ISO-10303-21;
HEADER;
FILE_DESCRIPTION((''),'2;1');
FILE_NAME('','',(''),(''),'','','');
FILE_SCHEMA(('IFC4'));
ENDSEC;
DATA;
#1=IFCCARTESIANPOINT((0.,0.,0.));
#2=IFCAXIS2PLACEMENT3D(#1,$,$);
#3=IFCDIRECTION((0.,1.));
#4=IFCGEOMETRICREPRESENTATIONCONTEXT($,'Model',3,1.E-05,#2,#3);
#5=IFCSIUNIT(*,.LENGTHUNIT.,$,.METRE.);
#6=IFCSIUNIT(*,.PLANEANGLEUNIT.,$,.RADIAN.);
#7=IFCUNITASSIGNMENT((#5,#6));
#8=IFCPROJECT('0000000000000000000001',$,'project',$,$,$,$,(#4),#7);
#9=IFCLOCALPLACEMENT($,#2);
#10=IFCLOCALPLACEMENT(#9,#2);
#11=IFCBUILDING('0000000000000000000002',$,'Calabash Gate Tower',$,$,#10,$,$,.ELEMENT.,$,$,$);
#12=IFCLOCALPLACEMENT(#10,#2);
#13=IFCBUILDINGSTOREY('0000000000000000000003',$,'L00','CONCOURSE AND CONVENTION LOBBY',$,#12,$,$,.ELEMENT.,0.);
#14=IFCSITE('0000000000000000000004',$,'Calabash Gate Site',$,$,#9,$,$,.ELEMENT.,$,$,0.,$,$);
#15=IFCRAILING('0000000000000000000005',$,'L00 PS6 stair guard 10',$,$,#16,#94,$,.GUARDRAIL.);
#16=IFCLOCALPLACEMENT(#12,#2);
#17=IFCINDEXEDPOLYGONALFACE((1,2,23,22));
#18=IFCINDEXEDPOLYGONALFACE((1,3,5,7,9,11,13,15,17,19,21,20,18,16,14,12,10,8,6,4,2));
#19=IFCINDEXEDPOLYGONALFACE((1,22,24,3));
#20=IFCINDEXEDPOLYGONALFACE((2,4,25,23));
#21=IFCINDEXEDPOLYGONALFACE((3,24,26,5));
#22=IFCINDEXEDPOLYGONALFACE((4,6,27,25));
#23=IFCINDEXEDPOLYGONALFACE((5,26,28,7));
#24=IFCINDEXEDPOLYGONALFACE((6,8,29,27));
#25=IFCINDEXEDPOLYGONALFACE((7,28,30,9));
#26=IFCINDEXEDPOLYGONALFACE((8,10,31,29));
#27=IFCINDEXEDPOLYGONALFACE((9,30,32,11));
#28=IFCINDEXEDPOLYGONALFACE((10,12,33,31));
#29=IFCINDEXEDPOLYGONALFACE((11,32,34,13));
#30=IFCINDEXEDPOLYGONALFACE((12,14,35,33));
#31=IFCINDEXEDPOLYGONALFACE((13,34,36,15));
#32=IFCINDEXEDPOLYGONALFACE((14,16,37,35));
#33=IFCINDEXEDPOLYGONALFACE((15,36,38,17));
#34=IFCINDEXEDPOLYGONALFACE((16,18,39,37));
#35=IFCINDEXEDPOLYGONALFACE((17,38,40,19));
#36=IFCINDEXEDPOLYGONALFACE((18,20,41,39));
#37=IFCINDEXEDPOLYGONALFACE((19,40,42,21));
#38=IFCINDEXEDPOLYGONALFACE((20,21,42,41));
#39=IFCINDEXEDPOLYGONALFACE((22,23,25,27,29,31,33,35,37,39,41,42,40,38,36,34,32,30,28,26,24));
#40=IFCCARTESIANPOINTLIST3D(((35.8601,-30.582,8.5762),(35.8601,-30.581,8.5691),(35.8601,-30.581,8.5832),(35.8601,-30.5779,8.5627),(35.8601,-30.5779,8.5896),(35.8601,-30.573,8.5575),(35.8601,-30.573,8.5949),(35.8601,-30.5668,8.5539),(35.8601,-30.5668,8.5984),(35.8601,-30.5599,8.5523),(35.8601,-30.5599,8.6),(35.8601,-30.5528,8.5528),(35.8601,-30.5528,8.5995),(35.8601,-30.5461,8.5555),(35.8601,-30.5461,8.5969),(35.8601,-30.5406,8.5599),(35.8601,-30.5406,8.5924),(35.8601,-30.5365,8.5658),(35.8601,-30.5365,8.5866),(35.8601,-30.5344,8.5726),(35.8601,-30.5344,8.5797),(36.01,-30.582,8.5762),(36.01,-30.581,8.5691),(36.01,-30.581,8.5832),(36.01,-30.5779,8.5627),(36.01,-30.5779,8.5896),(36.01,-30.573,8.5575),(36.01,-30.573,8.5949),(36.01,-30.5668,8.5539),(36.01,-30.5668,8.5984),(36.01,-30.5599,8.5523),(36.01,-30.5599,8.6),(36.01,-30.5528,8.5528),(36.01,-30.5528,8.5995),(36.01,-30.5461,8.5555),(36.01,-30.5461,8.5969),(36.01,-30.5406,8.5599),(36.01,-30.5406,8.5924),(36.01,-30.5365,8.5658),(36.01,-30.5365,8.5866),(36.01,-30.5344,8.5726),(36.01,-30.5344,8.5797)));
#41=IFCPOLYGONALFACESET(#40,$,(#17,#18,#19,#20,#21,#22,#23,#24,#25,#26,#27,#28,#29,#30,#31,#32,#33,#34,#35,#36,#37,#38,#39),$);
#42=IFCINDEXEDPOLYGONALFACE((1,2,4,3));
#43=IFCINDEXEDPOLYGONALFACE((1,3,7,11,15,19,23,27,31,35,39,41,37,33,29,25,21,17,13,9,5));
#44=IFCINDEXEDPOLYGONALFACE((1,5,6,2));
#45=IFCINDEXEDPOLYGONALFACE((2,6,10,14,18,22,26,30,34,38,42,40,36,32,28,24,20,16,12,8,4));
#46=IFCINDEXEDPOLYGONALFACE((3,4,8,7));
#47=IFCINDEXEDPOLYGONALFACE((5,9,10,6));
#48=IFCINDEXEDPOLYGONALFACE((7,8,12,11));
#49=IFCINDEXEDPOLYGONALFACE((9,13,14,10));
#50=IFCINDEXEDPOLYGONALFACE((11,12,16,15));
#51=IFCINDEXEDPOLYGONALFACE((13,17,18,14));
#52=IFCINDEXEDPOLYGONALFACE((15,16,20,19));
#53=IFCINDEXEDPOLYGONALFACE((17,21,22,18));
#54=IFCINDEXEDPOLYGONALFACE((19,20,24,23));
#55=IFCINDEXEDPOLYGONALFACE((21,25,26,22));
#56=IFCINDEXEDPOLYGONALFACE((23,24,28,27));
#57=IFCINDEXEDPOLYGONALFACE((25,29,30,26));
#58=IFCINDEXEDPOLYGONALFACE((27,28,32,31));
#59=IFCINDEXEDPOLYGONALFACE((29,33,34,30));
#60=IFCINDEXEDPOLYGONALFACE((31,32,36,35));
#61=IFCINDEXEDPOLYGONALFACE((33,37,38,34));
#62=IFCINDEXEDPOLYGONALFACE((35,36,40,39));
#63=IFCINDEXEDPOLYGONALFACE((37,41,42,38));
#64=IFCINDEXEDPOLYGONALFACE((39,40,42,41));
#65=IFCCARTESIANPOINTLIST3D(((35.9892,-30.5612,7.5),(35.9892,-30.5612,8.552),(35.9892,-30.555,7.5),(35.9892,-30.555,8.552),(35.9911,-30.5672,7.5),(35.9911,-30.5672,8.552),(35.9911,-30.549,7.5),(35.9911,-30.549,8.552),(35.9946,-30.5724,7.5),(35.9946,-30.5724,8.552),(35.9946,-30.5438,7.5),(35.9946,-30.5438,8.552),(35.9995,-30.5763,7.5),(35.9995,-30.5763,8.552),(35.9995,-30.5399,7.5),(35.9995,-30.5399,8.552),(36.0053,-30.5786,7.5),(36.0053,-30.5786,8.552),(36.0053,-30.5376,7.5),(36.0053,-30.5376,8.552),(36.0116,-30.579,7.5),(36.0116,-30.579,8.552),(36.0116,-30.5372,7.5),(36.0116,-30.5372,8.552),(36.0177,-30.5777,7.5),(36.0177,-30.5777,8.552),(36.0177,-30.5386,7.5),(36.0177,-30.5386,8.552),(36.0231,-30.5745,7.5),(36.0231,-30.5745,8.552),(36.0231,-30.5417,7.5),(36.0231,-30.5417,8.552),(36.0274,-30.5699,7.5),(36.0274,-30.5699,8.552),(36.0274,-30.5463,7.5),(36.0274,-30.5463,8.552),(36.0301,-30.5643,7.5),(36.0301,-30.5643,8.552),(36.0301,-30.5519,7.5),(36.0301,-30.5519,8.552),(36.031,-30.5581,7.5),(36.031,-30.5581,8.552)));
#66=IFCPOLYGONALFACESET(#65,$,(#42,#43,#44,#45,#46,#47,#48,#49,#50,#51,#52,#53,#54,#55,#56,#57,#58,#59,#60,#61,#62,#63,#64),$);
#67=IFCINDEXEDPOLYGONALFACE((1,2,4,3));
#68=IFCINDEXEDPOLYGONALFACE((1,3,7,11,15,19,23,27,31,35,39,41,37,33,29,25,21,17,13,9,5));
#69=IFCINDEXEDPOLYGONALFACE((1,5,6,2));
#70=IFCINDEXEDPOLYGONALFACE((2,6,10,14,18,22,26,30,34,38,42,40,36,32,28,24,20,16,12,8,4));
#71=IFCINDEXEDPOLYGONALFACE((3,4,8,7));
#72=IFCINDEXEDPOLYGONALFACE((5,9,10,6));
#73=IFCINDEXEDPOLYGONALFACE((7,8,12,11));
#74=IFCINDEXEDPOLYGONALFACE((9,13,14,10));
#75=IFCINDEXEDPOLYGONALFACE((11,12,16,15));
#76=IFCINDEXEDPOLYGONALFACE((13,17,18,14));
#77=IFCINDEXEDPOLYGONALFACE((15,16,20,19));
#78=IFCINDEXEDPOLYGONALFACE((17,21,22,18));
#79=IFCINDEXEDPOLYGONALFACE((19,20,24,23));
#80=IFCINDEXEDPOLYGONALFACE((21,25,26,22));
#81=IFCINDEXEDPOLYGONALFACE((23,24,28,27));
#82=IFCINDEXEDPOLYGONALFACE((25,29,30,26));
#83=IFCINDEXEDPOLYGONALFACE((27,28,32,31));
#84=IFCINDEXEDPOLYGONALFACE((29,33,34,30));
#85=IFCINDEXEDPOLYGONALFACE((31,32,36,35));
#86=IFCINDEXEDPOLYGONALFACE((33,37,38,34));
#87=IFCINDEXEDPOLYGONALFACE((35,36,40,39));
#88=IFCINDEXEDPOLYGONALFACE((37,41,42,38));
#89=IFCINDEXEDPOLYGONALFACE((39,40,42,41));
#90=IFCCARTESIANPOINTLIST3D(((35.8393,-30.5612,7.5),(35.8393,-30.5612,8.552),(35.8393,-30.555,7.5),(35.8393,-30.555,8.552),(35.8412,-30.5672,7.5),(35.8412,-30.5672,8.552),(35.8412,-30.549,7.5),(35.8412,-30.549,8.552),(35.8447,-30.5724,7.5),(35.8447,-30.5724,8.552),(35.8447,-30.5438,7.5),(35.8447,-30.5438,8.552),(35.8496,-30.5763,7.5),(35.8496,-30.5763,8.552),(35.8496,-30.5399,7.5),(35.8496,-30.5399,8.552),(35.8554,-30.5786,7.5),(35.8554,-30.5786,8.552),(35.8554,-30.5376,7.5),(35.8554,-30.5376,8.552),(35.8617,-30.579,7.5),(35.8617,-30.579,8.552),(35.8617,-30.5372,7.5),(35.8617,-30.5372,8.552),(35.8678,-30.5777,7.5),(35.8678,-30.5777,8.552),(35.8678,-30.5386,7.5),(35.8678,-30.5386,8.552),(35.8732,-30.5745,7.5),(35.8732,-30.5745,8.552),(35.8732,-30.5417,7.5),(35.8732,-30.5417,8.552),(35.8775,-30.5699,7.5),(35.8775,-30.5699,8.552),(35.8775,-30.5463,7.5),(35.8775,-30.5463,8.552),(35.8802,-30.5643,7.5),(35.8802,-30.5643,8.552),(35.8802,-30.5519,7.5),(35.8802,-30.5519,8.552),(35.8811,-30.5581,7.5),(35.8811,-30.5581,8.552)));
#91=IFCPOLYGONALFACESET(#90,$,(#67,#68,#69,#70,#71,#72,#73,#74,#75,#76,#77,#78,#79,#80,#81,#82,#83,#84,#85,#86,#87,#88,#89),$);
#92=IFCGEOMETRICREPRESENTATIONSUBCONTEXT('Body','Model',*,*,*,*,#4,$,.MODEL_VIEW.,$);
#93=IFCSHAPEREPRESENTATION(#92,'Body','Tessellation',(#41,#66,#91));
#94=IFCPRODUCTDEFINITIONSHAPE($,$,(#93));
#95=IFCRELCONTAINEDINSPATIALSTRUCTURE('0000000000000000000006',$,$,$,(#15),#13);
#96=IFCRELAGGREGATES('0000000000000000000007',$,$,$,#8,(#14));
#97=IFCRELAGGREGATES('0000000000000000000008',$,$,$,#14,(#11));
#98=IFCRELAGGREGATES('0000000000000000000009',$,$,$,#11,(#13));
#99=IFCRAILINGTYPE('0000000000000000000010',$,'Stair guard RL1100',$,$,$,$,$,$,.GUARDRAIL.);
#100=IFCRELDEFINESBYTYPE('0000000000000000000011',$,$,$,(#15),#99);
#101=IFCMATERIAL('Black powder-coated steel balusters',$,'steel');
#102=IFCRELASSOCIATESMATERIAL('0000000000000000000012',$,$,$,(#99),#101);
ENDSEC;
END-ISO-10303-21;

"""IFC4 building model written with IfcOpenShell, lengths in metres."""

from ifc_helpers import new_model, si_unit, direction, frame, origin, origin_2d, place, context, subcontext, project, spatial, circle, extrude, material, type_object, element, save


model = new_model("IFC4")

# Units and contexts
model_context = context("Model", 3, precision=1e-05, world=origin(), true_north=direction((0.0, 1.0)))
body_context = subcontext(model_context, "Body", "Model", "MODEL_VIEW")
ifc_project = project(units=[si_unit("LENGTHUNIT", "METRE"), si_unit("PLANEANGLEUNIT", "RADIAN")], contexts=[model_context])

# Site, building, storey
site_placement = place(None, origin())
site = spatial("IfcSite", under=ifc_project, at=site_placement, Name="Calabash Gate Site", CompositionType="ELEMENT", RefElevation=0.0)
building_placement = place(site_placement, origin())
building = spatial("IfcBuilding", under=site, at=building_placement, Name="Calabash Gate Tower", CompositionType="ELEMENT")
storey_placement = place(building_placement, origin())
storey = spatial("IfcBuildingStorey", under=building, at=storey_placement, Name="L00", Description="CONCOURSE AND CONVENTION LOBBY", CompositionType="ELEMENT", Elevation=0.0)

# Railing
ifc_material_1 = material(Name="Black powder-coated steel balusters", Category="steel")
railing_type_1 = type_object("IfcRailingType", Name="Stair guard RL1100", PredefinedType="GUARDRAIL", material=ifc_material_1)
railing_1_placement = place(storey_placement, frame((36.01, -30.5581, 7.5)))
element("IfcRailing", 1, at=railing_1_placement, inside=storey, type_object=railing_type_1, Name="L00 PS6 stair guard 10", PredefinedType="GUARDRAIL", context=body_context, shape_type="SweptSolid", body=[
    extrude(circle(Radius=0.0239, at=origin_2d()), frame((0.0, 0.0, 1.0762), z_axis=(-1.0, 0.0, 0.0), x_axis=(0.0, -1.0, 0.0)), (0.0, 0.0, 1.0), 0.1499),
    extrude(circle(Radius=0.021, at=origin_2d()), origin(), (0.0, 0.0, 1.0), 1.052),
    extrude(circle(Radius=0.021, at=origin_2d()), frame((-0.1499, 0.0, 0.0)), (0.0, 0.0, 1.0), 1.052),
])

save(model, "model.ifc")
